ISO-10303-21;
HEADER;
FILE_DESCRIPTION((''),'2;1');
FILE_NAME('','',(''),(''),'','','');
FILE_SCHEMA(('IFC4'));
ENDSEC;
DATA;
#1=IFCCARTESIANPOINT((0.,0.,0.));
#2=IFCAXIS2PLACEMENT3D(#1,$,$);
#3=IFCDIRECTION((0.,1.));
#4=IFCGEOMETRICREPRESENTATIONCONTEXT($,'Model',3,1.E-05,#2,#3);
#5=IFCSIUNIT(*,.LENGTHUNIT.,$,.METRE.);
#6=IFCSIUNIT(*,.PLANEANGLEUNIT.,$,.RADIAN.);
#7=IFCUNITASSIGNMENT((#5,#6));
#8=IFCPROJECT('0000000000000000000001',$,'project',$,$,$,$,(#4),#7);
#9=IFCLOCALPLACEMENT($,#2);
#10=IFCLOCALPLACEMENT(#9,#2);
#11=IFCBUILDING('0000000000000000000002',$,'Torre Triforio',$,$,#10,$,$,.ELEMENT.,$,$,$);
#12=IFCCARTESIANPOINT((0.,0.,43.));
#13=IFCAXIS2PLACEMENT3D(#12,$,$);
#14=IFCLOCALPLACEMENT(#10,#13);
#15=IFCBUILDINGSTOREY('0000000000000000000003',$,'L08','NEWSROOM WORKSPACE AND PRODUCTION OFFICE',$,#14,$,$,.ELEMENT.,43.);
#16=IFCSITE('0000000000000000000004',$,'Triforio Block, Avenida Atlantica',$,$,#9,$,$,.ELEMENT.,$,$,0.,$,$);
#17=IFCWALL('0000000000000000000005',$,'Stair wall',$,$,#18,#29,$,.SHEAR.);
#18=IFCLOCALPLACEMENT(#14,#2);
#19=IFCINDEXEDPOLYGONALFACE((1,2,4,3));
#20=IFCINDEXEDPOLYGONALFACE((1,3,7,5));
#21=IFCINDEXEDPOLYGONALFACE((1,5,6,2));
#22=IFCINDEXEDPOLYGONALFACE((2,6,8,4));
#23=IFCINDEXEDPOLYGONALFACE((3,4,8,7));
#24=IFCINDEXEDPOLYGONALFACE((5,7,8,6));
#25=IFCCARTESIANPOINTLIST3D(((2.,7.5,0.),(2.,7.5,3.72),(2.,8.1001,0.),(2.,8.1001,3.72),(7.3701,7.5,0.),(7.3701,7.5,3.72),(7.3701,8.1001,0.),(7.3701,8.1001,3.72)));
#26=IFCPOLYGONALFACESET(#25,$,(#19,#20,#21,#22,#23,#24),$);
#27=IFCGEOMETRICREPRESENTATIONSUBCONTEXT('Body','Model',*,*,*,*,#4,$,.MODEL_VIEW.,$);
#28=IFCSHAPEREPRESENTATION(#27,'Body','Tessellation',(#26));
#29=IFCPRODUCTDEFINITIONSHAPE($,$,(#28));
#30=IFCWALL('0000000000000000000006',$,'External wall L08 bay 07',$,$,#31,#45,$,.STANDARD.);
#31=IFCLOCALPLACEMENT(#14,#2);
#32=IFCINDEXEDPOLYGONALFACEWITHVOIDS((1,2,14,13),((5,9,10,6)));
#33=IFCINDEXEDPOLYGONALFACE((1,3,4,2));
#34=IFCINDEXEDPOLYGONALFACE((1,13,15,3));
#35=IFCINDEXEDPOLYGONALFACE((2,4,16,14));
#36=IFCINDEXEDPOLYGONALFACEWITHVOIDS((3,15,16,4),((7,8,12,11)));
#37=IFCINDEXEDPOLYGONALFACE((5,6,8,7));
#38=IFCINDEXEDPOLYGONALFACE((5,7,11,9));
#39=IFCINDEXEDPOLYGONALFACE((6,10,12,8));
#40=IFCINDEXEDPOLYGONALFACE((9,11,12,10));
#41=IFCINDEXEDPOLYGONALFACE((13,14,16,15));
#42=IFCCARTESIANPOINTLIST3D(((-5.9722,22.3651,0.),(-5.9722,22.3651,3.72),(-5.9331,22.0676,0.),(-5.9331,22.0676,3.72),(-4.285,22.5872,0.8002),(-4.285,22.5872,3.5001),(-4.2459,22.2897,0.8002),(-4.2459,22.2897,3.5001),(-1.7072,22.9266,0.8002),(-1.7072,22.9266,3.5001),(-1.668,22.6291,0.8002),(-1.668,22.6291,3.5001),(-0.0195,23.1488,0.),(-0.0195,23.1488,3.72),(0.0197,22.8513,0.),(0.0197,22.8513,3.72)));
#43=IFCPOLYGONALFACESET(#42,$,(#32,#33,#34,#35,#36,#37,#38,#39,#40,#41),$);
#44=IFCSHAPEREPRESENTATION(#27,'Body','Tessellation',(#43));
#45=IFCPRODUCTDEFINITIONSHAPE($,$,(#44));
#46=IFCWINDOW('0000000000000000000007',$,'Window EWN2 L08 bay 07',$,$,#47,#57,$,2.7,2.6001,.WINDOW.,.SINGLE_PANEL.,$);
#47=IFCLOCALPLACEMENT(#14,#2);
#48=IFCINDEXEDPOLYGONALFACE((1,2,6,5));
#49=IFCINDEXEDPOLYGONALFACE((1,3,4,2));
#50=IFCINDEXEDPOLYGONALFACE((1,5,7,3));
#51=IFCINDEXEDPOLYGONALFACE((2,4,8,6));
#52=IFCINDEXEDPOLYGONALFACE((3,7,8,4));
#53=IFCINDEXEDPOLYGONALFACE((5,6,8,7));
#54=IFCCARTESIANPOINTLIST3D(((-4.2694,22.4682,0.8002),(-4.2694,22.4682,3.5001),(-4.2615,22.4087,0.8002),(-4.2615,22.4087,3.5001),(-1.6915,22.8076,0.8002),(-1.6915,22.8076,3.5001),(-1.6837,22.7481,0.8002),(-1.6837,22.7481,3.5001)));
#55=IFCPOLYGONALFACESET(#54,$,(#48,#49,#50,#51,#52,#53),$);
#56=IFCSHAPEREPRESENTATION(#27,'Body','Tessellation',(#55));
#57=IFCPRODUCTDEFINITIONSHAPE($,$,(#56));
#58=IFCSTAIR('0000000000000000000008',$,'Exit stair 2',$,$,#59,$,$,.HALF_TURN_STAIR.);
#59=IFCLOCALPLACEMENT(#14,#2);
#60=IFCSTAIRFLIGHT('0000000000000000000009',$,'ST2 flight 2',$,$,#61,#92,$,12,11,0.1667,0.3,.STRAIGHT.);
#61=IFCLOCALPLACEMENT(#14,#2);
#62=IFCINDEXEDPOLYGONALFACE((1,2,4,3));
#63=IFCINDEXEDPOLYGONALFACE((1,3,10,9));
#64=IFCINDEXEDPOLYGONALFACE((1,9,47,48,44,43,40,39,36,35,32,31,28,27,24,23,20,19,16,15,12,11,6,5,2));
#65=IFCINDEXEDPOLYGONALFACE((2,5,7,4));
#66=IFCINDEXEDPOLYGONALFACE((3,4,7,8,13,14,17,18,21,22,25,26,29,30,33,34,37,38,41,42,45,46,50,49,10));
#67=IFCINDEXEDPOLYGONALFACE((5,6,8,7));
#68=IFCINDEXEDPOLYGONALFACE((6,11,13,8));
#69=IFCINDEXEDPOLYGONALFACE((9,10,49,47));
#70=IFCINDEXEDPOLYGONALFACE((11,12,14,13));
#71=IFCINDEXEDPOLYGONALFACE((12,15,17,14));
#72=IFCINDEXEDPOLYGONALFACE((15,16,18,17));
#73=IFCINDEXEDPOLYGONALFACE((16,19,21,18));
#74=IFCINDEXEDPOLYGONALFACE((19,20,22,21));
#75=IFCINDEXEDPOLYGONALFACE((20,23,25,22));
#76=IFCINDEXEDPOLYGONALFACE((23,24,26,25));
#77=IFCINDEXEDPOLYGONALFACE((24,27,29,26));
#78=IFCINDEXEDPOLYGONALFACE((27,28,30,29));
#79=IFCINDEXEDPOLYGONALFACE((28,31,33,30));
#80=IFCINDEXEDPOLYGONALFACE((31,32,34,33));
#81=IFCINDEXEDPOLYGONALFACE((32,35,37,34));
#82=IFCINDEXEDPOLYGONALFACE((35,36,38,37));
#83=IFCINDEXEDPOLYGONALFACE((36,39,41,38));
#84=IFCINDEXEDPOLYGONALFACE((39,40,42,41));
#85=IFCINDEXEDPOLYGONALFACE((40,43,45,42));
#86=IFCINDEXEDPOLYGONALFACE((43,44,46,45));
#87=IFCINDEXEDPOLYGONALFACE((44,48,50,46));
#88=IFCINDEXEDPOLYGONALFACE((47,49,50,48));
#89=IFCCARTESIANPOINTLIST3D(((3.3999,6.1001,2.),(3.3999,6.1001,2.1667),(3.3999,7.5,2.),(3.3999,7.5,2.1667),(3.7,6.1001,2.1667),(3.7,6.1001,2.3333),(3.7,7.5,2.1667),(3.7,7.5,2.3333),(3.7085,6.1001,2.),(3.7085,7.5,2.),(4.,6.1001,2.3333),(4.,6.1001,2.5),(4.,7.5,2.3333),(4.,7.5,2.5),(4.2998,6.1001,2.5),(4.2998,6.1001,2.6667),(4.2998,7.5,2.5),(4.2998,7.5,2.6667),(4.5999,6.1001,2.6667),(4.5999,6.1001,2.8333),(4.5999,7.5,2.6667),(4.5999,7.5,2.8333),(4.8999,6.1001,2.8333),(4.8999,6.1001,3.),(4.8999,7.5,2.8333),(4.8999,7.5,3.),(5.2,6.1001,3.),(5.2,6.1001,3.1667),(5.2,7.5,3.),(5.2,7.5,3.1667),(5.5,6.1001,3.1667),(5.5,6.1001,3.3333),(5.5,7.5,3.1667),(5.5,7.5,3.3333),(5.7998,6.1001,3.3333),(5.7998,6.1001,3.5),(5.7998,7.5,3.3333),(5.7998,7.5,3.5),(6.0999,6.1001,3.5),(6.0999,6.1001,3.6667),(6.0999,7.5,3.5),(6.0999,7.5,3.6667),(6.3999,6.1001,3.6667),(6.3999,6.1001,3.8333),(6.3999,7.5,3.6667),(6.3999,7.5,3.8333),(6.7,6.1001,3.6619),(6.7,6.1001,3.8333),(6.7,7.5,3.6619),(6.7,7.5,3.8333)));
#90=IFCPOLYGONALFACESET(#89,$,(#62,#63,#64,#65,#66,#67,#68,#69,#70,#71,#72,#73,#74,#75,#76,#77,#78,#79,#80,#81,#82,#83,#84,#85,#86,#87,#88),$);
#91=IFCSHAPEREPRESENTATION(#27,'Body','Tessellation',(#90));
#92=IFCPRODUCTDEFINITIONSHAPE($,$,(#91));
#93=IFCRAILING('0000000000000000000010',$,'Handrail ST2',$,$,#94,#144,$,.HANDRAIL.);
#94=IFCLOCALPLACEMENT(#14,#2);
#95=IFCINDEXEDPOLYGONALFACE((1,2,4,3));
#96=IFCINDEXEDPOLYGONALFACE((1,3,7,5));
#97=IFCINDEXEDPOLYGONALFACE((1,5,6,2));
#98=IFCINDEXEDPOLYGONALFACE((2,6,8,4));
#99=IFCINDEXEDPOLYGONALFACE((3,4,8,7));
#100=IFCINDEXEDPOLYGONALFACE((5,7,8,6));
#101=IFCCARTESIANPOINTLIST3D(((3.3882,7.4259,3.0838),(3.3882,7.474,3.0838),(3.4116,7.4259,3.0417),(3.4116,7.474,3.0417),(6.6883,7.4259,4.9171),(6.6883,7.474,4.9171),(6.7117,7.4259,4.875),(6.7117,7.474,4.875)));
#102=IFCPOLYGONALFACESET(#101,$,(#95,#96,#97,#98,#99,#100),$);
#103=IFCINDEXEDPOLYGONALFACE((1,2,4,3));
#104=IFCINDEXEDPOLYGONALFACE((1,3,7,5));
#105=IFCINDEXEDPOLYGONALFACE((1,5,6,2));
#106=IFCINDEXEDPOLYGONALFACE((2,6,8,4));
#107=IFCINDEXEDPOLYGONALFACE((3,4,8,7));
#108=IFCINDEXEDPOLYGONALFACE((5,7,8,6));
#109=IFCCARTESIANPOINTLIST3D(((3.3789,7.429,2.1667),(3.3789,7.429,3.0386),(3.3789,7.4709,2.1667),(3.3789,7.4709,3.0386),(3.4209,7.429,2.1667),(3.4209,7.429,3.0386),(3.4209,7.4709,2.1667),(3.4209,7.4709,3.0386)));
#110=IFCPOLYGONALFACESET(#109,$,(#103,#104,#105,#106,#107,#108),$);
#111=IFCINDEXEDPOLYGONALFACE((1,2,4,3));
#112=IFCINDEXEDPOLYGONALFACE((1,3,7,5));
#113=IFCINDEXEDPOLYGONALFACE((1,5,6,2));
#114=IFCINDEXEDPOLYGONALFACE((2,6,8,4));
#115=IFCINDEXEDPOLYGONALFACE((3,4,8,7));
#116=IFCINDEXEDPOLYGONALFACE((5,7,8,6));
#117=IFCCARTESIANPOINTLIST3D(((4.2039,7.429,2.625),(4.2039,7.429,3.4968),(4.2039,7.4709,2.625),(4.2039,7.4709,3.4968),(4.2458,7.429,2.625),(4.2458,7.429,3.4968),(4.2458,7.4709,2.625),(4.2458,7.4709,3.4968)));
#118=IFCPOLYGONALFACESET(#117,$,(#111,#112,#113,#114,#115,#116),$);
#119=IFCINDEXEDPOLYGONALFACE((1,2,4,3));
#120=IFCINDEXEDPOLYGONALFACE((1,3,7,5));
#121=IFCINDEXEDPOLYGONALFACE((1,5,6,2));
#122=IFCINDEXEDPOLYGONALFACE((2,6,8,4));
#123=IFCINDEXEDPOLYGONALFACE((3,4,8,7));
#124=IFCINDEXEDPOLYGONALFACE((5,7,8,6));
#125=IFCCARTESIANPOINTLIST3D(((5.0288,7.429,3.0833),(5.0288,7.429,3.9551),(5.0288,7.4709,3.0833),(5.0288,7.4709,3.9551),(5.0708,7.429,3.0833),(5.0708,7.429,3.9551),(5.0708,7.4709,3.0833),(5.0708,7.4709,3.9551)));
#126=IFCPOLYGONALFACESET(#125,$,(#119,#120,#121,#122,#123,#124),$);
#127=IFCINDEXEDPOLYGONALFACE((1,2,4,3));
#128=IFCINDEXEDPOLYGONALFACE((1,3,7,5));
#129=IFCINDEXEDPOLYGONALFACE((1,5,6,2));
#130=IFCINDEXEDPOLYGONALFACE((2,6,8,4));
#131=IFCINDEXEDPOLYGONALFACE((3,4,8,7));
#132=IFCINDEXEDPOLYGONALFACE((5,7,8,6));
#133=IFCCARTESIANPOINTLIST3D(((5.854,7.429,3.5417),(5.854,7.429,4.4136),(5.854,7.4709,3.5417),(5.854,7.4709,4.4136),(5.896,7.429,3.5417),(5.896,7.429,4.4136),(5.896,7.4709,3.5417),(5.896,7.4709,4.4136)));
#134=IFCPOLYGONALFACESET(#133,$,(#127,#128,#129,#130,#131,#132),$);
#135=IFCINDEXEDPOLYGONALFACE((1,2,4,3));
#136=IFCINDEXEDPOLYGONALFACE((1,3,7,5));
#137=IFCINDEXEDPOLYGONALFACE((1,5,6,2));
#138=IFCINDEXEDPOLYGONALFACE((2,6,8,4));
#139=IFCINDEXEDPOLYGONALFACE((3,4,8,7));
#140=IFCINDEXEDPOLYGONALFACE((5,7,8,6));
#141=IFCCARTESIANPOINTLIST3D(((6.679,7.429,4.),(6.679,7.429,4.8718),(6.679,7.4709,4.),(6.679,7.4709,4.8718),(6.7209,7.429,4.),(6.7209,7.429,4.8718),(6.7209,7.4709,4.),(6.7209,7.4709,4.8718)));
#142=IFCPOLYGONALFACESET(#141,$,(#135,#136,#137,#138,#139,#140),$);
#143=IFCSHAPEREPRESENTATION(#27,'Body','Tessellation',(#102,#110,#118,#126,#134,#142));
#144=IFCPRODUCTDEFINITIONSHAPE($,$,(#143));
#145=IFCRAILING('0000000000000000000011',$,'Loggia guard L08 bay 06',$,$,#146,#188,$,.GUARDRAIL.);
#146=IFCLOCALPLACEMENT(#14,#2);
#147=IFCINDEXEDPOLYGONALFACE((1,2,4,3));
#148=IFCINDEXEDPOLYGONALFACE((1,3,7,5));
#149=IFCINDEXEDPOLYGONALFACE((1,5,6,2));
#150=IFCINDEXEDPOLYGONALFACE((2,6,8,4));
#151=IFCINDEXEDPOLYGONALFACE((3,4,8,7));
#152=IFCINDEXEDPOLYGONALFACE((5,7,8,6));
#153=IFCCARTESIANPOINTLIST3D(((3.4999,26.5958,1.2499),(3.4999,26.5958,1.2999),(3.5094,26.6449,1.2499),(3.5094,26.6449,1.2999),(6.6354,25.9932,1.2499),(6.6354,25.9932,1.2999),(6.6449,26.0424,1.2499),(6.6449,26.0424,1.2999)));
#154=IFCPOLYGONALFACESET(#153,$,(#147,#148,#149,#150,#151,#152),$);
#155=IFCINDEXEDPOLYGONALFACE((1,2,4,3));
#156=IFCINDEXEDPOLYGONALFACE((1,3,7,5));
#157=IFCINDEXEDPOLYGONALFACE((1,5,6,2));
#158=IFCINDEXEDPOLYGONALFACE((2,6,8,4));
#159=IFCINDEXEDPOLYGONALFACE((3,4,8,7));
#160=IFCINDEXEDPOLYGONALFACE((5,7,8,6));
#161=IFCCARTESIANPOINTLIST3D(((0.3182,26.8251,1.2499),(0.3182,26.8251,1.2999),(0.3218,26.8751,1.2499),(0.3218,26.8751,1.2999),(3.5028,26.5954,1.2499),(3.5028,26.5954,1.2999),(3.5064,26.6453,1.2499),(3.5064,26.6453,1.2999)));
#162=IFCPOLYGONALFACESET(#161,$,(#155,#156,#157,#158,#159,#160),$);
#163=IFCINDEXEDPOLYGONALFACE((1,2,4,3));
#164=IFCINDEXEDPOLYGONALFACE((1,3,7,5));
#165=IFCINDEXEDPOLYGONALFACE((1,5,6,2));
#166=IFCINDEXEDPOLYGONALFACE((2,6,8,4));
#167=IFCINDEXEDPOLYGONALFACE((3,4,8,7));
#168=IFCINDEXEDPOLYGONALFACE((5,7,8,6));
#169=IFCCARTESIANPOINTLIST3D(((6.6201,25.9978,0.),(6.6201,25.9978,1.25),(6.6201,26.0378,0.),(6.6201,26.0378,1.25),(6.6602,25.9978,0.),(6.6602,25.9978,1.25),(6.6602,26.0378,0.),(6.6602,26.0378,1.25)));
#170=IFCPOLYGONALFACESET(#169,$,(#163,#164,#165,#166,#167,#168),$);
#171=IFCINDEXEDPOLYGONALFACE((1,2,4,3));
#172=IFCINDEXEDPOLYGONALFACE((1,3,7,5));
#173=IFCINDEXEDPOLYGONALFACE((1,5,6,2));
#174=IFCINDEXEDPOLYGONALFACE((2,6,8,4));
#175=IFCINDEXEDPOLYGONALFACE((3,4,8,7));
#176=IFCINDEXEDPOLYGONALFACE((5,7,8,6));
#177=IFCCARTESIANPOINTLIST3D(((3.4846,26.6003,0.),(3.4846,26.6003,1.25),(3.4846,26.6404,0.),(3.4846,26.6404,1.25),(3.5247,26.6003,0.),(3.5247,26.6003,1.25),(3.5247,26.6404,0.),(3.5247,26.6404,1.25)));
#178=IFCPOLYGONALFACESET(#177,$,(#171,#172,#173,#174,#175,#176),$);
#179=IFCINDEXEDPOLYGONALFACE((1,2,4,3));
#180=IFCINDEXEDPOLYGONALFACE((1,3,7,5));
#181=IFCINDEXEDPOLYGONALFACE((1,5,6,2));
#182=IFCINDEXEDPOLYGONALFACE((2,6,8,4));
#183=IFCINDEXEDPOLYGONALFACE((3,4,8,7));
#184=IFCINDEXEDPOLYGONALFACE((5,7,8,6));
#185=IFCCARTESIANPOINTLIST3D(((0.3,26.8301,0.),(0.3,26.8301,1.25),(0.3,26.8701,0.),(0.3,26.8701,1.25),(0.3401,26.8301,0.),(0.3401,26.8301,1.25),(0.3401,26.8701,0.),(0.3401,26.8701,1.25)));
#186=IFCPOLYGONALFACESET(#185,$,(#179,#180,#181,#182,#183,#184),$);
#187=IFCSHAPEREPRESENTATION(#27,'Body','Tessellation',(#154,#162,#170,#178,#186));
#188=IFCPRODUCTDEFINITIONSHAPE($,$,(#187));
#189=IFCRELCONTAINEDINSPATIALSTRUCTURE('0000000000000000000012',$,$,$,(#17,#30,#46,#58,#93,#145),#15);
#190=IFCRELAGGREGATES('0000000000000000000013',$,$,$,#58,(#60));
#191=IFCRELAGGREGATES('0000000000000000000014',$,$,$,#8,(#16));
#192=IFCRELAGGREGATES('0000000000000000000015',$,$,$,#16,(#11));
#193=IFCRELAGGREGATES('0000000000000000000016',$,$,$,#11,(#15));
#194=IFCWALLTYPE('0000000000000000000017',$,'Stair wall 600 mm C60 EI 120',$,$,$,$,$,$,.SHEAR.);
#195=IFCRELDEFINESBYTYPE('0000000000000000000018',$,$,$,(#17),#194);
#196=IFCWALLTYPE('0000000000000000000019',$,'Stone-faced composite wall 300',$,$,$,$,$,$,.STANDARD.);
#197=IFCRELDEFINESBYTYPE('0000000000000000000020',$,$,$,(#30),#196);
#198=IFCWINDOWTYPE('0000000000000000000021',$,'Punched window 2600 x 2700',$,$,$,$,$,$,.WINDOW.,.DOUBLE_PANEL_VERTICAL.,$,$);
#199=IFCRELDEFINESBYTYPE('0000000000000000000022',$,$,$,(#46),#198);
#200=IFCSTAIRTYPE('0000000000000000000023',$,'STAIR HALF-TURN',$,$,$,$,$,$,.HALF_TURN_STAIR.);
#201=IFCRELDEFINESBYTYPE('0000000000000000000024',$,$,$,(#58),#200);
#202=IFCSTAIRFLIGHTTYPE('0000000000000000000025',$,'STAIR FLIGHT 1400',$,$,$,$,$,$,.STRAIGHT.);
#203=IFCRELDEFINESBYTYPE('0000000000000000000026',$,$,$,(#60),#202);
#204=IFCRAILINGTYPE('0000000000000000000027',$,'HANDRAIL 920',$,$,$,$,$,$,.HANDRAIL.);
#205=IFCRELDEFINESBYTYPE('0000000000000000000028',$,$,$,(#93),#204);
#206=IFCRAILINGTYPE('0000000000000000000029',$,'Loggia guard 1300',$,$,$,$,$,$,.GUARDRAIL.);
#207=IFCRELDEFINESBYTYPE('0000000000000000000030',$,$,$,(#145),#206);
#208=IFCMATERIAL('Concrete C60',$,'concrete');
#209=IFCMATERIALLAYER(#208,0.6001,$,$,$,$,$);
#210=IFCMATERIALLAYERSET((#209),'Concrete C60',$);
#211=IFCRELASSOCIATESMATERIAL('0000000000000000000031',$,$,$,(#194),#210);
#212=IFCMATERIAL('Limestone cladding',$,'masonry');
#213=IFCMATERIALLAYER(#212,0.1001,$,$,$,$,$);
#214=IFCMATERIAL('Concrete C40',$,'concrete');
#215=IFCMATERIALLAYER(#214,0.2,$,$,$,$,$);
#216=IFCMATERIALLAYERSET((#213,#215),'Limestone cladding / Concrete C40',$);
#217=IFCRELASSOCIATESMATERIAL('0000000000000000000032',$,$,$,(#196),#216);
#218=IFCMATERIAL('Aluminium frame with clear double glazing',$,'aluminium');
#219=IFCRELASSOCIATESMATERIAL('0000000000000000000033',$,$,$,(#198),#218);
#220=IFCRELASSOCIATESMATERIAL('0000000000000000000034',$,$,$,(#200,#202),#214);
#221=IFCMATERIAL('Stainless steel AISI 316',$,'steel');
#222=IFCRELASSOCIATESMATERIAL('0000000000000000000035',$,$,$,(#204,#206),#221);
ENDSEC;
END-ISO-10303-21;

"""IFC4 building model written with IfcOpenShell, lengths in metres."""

from ifc_helpers import new_model, si_unit, direction, frame, frame_2d, origin, origin_2d, place, context, subcontext, project, spatial, polyline, rectangle, outline, extrude, material, layer, layer_set, type_object, element, fill, aggregate, save


model = new_model("IFC4")

# Units and contexts
model_context = context("Model", 3, precision=1e-05, world=origin(), true_north=direction((0.0, 1.0)))
body_context = subcontext(model_context, "Body", "Model", "MODEL_VIEW")
ifc_project = project(units=[si_unit("LENGTHUNIT", "METRE"), si_unit("PLANEANGLEUNIT", "RADIAN")], contexts=[model_context])

# Site, building, storey
site_placement = place(None, origin())
site = spatial("IfcSite", under=ifc_project, at=site_placement, Name="Triforio Block, Avenida Atlantica", CompositionType="ELEMENT", RefElevation=0.0)
building_placement = place(site_placement, origin())
building = spatial("IfcBuilding", under=site, at=building_placement, Name="Torre Triforio", CompositionType="ELEMENT")
storey_placement = place(building_placement, frame((0.0, 0.0, 43.0)))
storey = spatial("IfcBuildingStorey", under=building, at=storey_placement, Name="L08", Description="NEWSROOM WORKSPACE AND PRODUCTION OFFICE", CompositionType="ELEMENT", Elevation=43.0)

# Shared definitions
ifc_material_1 = material(Name="Concrete C60", Category="concrete")

# Wall
ifc_layer_1 = layer(ifc_material_1, 0.6001)
ifc_layer_set_1 = layer_set([ifc_layer_1], Name="Concrete C60")
wall_type_1 = type_object("IfcWallType", Name="Stair wall 600 mm C60 EI 120", PredefinedType="SHEAR", material=ifc_layer_set_1)
wall_1_placement = place(storey_placement, frame((2.0, 7.8, 0.0), z_axis=(0.0, 0.0, 1.0), x_axis=(1.0, 0.0, 0.0)))
element("IfcWall", 1, at=wall_1_placement, inside=storey, type_object=wall_type_1, Name="Stair wall", PredefinedType="SHEAR", context=body_context, shape_type="SweptSolid", body=[
    extrude(rectangle(XDim=5.3701, YDim=0.6001, at=frame_2d((2.6851, 0.0))), origin(), (0.0, 0.0, 1.0), 3.72),
])

# Shared definitions
ifc_material_2 = material(Name="Limestone cladding", Category="masonry")
ifc_layer_2 = layer(ifc_material_2, 0.1001)
ifc_material_3 = material(Name="Concrete C40", Category="concrete")
ifc_layer_3 = layer(ifc_material_3, 0.2)
ifc_layer_set_2 = layer_set([ifc_layer_2, ifc_layer_3], Name="Limestone cladding / Concrete C40")
wall_type_2 = type_object("IfcWallType", Name="Stone-faced composite wall 300", PredefinedType="STANDARD", material=ifc_layer_set_2)
ifc_material_4 = material(Name="Aluminium frame with clear double glazing", Category="aluminium")

# Wall, opening, window
wall_2_placement = place(storey_placement, frame((0.0, 23.0, 0.0), z_axis=(0.0, 0.0, 1.0), x_axis=(-0.991445, -0.130523, 0.0)))
wall_2 = element("IfcWall", 2, at=wall_2_placement, inside=storey, type_object=wall_type_2, Name="External wall L08 bay 07", PredefinedType="STANDARD", context=body_context, shape_type="SweptSolid", body=[
    extrude(rectangle(XDim=6.0042, YDim=0.3, at=frame_2d((3.002, 0.0))), origin(), (0.0, 0.0, 1.0), 3.72),
])
opening_1_placement = place(wall_2_placement, frame((1.7021, 0.0, 0.8)))
opening_1 = element("IfcOpeningElement", 3, at=opening_1_placement, cuts=wall_2, PredefinedType="OPENING", context=body_context, shape_type="SweptSolid", body=[
    extrude(rectangle(XDim=2.6001, YDim=2.7, at=frame_2d((1.3, 1.3501))), frame((0.0, 0.1599, 0.0), z_axis=(0.0, -1.0, 0.0), x_axis=(1.0, 0.0, 0.0)), (0.0, 0.0, 1.0), 0.3201),
])
window_type_1 = type_object("IfcWindowType", Name="Punched window 2600 x 2700", PartitioningType="DOUBLE_PANEL_VERTICAL", PredefinedType="WINDOW", material=ifc_material_4)
window_1_placement = place(opening_1_placement, origin())
window_1 = element("IfcWindow", 4, at=window_1_placement, inside=storey, type_object=window_type_1, Name="Window EWN2 L08 bay 07", OverallHeight=2.7, OverallWidth=2.6001, PartitioningType="SINGLE_PANEL", PredefinedType="WINDOW", context=body_context, shape_type="SweptSolid", body=[
    extrude(rectangle(XDim=2.6001, YDim=2.7, at=frame_2d((1.3, 1.3501))), frame((0.0, 0.03, 0.0), z_axis=(0.0, -1.0, 0.0), x_axis=(1.0, 0.0, 0.0)), (0.0, 0.0, 1.0), 0.0601),
])
fill(opening_1, window_1)

# Stair, stair flight
stair_type = type_object("IfcStairType", Name="STAIR HALF-TURN", PredefinedType="HALF_TURN_STAIR", material=ifc_material_3)
stair_placement = place(storey_placement, origin())
stair = element("IfcStair", 5, at=stair_placement, inside=storey, type_object=stair_type, Name="Exit stair 2", PredefinedType="HALF_TURN_STAIR")
stair_flight_type = type_object("IfcStairFlightType", Name="STAIR FLIGHT 1400", PredefinedType="STRAIGHT", material=ifc_material_3)
stair_flight_placement = place(storey_placement, frame((3.3999, 6.8, 2.0), z_axis=(0.0, 0.0, 1.0), x_axis=(1.0, 0.0, 0.0)))
stair_flight = element("IfcStairFlight", 6, at=stair_flight_placement, type_object=stair_flight_type, Name="ST2 flight 2", NumberOfRisers=12, NumberOfTreads=11, PredefinedType="STRAIGHT", RiserHeight=0.1667, TreadLength=0.3, context=body_context, shape_type="SweptSolid", body=[
    extrude(outline(polyline([(0.0, 0.0), (0.0, 0.1667), (0.3, 0.1667), (0.3, 0.3333), (0.6001, 0.3333), (0.6001, 0.5), (0.8999, 0.5), (0.8999, 0.6667), (1.2, 0.6667), (1.2, 0.8333), (1.5, 0.8333), (1.5, 1.0), (1.8, 1.0), (1.8, 1.1667), (2.1001, 1.1667), (2.1001, 1.3333), (2.3999, 1.3333), (2.3999, 1.5), (2.7, 1.5), (2.7, 1.6667), (3.0, 1.6667), (3.0, 1.8333), (3.3, 1.8333), (3.3, 2.0), (3.3, 1.6619), (0.3086, 0.0), (0.0, 0.0)])), frame((0.0, 0.7, 0.0), z_axis=(0.0, -1.0, 0.0), x_axis=(1.0, 0.0, 0.0)), (0.0, 0.0, 1.0), 1.3999),
])
aggregate(stair, [stair_flight])

# Railings
ifc_material_5 = material(Name="Stainless steel AISI 316", Category="steel")
railing_type_1 = type_object("IfcRailingType", Name="HANDRAIL 920", PredefinedType="HANDRAIL", material=ifc_material_5)
railing_1_placement = place(storey_placement, frame((3.3999, 7.45, 2.1667)))
element("IfcRailing", 7, at=railing_1_placement, inside=storey, type_object=railing_type_1, Name="Handrail ST2", PredefinedType="HANDRAIL", context=body_context, shape_type="SweptSolid", body=[
    extrude(rectangle(XDim=0.0481, YDim=0.0481, at=origin_2d()), frame((0.0, 0.0, 0.896), z_axis=(0.874169, 0.0, 0.485621), x_axis=(0.0, 1.0, 0.0)), (0.0, 0.0, 1.0), 3.7751),
    extrude(rectangle(XDim=0.042, YDim=0.042, at=origin_2d()), origin(), (0.0, 0.0, 1.0), 0.8718),
    extrude(rectangle(XDim=0.042, YDim=0.042, at=origin_2d()), frame((0.825, 0.0, 0.4583)), (0.0, 0.0, 1.0), 0.8718),
    extrude(rectangle(XDim=0.042, YDim=0.042, at=origin_2d()), frame((1.6499, 0.0, 0.9165)), (0.0, 0.0, 1.0), 0.8718),
    extrude(rectangle(XDim=0.042, YDim=0.042, at=origin_2d()), frame((2.4751, 0.0, 1.375)), (0.0, 0.0, 1.0), 0.8718),
    extrude(rectangle(XDim=0.042, YDim=0.042, at=origin_2d()), frame((3.3, 0.0, 1.8333)), (0.0, 0.0, 1.0), 0.8718),
])
railing_type_2 = type_object("IfcRailingType", Name="Loggia guard 1300", PredefinedType="GUARDRAIL", material=ifc_material_5)
railing_2_placement = place(storey_placement, frame((6.6401, 26.0178, 0.0)))
element("IfcRailing", 8, at=railing_2_placement, inside=storey, type_object=railing_type_2, Name="Loggia guard L08 bay 06", PredefinedType="GUARDRAIL", context=body_context, shape_type="SweptSolid", body=[
    extrude(rectangle(XDim=0.05, YDim=0.05, at=origin_2d()), frame((0.0, 0.0, 1.2749), z_axis=(-0.982032, 0.188714, 0.0), x_axis=(-0.188714, -0.982032, 0.0)), (0.0, 0.0, 1.0), 3.1929),
    extrude(rectangle(XDim=0.05, YDim=0.05, at=origin_2d()), frame((-3.1355, 0.6025, 1.2749), z_axis=(-0.997408, 0.071953, 0.0), x_axis=(-0.071953, -0.997408, 0.0)), (0.0, 0.0, 1.0), 3.1929),
    extrude(rectangle(XDim=0.04, YDim=0.04, at=origin_2d()), origin(), (0.0, 0.0, 1.0), 1.25),
    extrude(rectangle(XDim=0.04, YDim=0.04, at=origin_2d()), frame((-3.1355, 0.6025, 0.0)), (0.0, 0.0, 1.0), 1.25),
    extrude(rectangle(XDim=0.04, YDim=0.04, at=origin_2d()), frame((-6.3201, 0.8323, 0.0)), (0.0, 0.0, 1.0), 1.25),
])

save(model, "model.ifc")
